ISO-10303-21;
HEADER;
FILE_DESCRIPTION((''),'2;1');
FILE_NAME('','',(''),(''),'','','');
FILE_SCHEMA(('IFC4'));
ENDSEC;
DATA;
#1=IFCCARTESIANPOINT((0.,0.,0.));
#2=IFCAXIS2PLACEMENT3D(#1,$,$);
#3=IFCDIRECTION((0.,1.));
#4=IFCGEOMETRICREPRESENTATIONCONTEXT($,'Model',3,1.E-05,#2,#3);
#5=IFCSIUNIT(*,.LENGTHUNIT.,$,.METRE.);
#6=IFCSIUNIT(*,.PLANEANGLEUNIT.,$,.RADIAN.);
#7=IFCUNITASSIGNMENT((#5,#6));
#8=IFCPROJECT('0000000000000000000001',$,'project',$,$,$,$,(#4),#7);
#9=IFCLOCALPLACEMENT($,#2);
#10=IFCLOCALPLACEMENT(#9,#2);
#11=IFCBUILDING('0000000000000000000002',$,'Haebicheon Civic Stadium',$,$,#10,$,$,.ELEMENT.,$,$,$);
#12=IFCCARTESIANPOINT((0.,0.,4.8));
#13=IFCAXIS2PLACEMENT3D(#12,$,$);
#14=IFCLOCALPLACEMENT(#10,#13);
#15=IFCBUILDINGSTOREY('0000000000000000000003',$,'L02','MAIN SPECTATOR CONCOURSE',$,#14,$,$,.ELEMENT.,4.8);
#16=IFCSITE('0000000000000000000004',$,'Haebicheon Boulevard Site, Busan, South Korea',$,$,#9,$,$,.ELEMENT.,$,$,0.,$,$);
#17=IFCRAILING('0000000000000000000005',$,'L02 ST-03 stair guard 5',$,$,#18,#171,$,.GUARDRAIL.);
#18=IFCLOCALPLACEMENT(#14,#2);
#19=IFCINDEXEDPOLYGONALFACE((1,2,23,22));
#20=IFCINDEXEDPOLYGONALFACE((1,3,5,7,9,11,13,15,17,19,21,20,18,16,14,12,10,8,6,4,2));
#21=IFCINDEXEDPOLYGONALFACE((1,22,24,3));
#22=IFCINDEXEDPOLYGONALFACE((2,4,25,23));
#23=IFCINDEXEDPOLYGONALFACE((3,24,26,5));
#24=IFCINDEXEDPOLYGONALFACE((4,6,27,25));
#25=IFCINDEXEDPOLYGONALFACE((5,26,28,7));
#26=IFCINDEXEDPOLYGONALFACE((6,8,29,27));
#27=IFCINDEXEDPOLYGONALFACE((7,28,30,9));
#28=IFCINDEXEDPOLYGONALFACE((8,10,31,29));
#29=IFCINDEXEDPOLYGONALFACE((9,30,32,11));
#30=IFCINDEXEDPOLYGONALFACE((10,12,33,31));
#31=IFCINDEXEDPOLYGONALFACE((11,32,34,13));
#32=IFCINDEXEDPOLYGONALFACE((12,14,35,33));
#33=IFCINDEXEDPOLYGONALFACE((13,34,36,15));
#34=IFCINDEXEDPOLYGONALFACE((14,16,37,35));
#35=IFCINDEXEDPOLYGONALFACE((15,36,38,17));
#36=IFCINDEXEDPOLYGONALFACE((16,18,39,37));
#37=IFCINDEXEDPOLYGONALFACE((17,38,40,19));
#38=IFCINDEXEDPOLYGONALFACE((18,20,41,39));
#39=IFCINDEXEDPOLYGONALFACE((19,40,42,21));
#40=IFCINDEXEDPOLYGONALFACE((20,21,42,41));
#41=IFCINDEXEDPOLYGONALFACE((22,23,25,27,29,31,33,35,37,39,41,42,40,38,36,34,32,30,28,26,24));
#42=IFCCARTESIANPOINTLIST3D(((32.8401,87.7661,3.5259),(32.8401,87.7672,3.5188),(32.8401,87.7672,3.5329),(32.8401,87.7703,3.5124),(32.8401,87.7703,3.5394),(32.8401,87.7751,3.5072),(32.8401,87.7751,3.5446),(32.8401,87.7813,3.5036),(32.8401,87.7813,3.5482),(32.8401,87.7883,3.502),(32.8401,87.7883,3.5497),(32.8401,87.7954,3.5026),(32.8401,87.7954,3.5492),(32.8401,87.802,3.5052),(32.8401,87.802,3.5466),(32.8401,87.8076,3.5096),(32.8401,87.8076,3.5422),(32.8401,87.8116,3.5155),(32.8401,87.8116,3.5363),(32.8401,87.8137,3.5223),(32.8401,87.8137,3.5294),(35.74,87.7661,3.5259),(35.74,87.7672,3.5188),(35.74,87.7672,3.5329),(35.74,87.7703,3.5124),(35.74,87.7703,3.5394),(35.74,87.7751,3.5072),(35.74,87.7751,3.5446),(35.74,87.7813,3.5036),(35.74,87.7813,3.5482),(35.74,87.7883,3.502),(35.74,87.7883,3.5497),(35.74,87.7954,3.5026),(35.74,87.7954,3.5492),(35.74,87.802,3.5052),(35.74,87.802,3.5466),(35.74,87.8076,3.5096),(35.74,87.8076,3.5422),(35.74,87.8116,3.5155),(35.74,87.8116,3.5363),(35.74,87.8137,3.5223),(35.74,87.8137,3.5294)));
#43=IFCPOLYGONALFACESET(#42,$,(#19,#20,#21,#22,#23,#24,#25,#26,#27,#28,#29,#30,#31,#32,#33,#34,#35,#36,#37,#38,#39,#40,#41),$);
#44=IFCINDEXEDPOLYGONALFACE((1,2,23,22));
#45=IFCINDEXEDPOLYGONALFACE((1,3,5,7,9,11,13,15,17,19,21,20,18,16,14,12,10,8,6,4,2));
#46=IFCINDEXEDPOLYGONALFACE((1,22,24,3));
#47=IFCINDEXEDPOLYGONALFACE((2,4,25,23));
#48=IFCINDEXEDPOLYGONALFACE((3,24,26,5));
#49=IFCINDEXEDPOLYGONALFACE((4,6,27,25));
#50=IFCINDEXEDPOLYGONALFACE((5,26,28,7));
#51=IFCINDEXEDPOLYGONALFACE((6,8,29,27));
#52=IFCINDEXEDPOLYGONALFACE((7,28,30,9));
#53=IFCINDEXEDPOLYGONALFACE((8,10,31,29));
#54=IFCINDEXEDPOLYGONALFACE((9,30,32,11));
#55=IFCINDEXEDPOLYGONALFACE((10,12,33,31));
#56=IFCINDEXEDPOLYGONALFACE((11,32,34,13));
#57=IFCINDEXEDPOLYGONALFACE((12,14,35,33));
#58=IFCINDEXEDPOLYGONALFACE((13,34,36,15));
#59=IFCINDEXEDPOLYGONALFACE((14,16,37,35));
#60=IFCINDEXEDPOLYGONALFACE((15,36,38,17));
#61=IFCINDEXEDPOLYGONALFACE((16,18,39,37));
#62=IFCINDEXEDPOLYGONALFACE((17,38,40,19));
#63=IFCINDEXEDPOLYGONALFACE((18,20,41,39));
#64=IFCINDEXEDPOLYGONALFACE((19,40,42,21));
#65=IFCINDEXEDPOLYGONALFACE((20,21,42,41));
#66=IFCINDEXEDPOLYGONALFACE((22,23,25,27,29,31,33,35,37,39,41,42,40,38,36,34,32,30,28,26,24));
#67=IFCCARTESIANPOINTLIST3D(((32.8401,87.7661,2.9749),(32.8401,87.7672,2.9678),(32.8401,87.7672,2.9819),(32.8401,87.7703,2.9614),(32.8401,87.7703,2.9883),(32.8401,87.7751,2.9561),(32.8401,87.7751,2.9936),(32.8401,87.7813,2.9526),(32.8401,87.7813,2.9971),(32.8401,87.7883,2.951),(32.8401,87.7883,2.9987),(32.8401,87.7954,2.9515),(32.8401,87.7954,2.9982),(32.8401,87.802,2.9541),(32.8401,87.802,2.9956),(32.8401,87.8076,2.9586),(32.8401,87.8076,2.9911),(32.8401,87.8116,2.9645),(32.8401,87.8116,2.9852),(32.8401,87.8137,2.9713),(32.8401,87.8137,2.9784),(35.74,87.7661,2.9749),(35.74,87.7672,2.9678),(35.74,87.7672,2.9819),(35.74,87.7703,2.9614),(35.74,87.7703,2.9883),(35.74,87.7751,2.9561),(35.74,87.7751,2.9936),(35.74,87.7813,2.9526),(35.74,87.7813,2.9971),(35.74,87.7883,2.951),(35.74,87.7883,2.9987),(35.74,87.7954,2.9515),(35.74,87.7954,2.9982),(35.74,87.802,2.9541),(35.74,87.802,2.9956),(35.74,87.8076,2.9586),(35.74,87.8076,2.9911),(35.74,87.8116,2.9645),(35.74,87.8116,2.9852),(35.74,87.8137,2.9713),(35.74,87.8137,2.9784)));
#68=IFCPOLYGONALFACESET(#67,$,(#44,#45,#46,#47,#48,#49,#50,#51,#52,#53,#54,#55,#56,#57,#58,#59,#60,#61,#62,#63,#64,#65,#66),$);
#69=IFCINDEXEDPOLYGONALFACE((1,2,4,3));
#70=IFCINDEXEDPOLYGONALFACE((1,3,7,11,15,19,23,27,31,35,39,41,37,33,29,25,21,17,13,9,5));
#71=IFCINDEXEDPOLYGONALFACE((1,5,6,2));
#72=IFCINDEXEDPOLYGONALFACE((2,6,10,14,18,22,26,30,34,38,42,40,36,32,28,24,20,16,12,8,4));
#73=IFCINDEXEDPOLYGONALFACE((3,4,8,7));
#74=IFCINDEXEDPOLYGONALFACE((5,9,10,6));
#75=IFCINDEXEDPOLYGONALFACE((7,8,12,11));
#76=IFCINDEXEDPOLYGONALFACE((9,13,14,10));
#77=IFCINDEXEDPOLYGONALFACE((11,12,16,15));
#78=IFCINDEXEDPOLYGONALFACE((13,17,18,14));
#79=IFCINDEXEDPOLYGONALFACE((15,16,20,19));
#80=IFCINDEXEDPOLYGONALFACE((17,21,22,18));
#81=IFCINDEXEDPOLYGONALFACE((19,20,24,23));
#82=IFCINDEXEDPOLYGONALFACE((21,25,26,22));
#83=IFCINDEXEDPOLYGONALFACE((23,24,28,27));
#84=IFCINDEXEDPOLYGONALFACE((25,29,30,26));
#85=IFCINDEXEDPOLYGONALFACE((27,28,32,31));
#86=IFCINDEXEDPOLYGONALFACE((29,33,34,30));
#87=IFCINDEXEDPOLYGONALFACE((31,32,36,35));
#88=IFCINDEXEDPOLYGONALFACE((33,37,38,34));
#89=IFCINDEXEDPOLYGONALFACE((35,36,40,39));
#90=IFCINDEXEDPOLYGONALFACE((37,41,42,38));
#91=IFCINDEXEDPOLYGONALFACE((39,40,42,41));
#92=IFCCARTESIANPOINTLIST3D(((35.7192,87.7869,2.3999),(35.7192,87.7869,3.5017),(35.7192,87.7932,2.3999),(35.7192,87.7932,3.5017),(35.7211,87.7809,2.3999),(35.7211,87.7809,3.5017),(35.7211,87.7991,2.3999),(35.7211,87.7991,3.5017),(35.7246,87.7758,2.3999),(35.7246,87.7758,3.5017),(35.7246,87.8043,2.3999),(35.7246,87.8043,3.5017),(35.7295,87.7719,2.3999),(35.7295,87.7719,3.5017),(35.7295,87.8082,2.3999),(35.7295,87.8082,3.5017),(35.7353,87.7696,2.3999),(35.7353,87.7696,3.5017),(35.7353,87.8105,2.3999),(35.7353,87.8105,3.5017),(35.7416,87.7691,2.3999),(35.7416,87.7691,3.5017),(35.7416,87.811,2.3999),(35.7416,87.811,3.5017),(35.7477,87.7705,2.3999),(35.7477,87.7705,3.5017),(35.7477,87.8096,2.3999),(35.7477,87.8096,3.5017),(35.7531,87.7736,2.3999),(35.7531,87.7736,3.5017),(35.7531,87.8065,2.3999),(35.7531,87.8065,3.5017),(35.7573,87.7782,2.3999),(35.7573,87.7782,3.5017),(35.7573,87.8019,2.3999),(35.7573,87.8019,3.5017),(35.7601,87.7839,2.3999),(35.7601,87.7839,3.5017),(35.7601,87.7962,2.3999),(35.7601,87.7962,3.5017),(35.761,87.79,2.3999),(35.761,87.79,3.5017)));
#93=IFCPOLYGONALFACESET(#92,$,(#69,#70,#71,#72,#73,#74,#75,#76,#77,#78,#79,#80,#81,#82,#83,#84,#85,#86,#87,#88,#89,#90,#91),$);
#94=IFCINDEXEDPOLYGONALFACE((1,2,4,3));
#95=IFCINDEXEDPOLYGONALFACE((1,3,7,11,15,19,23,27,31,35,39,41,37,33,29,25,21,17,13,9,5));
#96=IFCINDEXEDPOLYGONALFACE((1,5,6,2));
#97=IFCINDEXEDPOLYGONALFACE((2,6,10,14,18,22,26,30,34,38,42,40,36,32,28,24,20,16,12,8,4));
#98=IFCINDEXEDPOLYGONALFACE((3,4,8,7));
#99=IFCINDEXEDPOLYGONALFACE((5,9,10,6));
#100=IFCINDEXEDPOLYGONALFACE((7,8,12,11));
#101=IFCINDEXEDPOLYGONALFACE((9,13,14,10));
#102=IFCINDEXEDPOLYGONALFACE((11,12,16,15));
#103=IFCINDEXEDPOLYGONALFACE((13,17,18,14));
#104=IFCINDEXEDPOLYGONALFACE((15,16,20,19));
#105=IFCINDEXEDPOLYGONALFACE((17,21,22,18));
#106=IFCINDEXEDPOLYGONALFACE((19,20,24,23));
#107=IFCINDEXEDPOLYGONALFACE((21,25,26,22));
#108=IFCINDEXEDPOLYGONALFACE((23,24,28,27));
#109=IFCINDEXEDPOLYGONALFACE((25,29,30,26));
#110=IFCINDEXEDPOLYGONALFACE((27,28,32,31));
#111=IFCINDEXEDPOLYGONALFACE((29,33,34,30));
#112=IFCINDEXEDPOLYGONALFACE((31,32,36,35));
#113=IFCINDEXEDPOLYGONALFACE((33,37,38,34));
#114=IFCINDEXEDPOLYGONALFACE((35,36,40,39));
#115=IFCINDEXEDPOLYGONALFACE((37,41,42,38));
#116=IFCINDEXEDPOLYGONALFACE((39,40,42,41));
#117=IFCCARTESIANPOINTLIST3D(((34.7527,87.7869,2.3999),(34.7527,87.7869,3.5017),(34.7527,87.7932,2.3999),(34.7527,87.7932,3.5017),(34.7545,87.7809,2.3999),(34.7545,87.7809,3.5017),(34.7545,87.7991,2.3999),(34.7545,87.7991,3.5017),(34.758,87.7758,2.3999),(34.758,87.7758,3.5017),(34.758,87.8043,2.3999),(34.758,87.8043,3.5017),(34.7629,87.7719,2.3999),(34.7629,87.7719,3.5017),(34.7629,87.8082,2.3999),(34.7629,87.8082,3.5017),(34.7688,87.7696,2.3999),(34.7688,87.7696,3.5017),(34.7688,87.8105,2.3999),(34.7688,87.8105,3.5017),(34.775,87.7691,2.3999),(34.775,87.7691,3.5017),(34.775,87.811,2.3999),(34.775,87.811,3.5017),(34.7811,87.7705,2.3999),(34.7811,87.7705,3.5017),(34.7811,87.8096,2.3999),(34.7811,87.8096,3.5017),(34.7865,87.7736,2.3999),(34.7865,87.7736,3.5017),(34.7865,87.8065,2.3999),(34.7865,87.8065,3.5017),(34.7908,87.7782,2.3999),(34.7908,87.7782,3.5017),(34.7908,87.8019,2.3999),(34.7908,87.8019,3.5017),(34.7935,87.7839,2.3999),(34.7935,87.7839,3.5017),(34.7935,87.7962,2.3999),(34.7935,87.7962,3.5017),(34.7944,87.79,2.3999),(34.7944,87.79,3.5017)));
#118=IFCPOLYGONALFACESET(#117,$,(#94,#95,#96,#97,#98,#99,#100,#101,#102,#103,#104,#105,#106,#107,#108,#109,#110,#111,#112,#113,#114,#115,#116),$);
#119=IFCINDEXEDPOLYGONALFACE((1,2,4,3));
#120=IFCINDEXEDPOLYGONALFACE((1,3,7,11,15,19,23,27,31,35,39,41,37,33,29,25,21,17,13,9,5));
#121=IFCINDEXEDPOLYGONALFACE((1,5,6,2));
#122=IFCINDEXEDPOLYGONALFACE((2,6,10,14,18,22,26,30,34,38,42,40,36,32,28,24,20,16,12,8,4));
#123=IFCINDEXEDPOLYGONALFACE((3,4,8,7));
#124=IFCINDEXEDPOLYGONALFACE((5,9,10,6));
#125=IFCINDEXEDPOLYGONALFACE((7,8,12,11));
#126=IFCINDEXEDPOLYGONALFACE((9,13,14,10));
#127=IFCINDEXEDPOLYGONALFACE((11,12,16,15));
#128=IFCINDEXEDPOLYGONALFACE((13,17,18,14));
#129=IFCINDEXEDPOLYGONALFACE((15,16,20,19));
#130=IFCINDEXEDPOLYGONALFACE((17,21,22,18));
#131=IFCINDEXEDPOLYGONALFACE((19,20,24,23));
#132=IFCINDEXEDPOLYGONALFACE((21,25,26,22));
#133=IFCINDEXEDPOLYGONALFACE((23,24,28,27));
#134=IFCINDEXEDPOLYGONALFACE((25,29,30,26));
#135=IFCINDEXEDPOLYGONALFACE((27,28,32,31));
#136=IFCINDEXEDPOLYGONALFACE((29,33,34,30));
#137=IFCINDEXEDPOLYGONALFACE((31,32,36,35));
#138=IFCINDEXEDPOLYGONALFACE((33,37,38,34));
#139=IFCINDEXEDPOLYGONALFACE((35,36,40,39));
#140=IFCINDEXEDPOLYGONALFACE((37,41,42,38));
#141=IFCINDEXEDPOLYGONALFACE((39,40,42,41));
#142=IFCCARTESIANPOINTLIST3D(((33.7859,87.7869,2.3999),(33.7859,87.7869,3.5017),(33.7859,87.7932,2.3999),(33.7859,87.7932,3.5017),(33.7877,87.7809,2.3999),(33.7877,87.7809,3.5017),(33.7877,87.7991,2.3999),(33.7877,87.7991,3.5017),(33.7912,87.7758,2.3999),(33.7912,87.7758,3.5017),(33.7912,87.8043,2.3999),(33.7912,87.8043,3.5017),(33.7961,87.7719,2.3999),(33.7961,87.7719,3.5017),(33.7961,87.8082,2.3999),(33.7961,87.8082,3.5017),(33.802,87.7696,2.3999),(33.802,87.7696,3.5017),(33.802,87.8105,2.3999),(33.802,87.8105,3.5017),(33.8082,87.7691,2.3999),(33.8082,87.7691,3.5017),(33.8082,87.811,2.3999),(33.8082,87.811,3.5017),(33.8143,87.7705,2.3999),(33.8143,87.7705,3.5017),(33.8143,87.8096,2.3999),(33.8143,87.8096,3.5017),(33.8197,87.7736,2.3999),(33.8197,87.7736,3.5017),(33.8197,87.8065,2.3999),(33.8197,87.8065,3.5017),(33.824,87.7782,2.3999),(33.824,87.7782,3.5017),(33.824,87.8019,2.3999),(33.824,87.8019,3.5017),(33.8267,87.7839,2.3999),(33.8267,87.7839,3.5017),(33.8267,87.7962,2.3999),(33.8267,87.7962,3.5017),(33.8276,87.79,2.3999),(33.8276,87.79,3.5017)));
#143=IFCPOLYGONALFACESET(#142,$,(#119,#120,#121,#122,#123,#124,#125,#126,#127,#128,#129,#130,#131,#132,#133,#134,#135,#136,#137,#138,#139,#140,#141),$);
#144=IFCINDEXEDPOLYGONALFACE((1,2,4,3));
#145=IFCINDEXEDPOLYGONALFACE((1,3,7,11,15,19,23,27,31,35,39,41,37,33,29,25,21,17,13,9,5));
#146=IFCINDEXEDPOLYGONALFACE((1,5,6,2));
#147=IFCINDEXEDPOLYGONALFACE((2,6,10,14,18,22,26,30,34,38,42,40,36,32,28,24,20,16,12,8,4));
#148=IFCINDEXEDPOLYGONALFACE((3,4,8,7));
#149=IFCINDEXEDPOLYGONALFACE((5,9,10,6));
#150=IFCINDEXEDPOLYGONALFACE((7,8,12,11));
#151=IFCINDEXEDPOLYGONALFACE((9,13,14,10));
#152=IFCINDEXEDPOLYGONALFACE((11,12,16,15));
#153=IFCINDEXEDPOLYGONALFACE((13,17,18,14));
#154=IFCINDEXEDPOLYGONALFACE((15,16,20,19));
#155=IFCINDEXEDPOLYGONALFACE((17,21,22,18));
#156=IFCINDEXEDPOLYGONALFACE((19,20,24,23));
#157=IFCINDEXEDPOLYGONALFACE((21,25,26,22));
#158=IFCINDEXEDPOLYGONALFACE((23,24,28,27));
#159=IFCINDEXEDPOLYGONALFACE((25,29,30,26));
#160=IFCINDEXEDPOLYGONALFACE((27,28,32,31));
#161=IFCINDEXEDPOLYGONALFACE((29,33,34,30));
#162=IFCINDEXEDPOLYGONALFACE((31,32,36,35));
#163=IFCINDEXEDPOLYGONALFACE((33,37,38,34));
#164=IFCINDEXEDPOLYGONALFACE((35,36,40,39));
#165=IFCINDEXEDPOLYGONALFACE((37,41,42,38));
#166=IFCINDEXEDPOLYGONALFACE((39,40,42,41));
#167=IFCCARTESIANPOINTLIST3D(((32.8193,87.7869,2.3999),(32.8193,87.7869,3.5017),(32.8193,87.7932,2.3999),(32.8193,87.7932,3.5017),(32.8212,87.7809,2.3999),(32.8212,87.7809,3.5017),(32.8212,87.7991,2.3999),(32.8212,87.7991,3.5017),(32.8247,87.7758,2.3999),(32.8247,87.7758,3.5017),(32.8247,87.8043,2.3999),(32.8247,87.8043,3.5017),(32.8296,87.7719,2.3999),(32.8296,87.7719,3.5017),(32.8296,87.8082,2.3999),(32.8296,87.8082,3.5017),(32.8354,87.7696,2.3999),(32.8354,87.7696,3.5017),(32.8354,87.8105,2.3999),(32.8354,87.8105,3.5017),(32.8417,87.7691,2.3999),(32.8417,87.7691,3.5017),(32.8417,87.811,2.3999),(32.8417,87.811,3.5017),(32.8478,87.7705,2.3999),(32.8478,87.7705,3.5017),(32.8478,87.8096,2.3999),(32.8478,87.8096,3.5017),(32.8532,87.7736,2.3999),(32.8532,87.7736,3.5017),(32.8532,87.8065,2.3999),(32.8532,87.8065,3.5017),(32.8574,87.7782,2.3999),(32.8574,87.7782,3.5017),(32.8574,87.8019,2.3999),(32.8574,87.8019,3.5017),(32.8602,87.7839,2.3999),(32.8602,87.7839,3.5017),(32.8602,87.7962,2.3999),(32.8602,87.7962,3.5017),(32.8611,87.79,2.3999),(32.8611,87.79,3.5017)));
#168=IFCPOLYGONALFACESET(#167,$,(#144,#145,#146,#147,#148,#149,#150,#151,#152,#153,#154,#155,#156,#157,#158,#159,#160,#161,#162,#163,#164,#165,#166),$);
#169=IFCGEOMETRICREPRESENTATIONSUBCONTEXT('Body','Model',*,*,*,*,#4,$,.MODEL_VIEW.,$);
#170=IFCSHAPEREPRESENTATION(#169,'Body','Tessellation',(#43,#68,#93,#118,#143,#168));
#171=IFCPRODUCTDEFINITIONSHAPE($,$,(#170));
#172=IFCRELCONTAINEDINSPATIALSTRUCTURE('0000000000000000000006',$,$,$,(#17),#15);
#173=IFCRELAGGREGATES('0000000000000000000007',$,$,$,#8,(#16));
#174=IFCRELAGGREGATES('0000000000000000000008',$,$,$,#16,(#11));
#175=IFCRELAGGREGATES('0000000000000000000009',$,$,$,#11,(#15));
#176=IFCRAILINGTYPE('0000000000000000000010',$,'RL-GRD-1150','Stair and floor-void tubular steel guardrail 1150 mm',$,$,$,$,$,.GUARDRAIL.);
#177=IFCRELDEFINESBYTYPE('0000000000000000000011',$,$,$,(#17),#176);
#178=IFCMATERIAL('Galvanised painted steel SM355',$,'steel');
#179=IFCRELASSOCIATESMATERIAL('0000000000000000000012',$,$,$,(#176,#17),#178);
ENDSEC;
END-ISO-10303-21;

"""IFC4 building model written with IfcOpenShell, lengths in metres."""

from ifc_helpers import new_model, si_unit, direction, frame, origin, origin_2d, place, context, subcontext, project, spatial, circle, extrude, material, type_object, element, save


model = new_model("IFC4")

# Units and contexts
model_context = context("Model", 3, precision=1e-05, world=origin(), true_north=direction((0.0, 1.0)))
body_context = subcontext(model_context, "Body", "Model", "MODEL_VIEW")
ifc_project = project(units=[si_unit("LENGTHUNIT", "METRE"), si_unit("PLANEANGLEUNIT", "RADIAN")], contexts=[model_context])

# Site, building, storey
site_placement = place(None, origin())
site = spatial("IfcSite", under=ifc_project, at=site_placement, Name="Haebicheon Boulevard Site, Busan, South Korea", CompositionType="ELEMENT", RefElevation=0.0)
building_placement = place(site_placement, origin())
building = spatial("IfcBuilding", under=site, at=building_placement, Name="Haebicheon Civic Stadium", CompositionType="ELEMENT")
storey_placement = place(building_placement, frame((0.0, 0.0, 4.8)))
storey = spatial("IfcBuildingStorey", under=building, at=storey_placement, Name="L02", Description="MAIN SPECTATOR CONCOURSE", CompositionType="ELEMENT", Elevation=4.8)

# Railing
ifc_material_1 = material(Name="Galvanised painted steel SM355", Category="steel")
railing_type_1 = type_object("IfcRailingType", Name="RL-GRD-1150", Description="Stair and floor-void tubular steel guardrail 1150 mm", PredefinedType="GUARDRAIL", material=ifc_material_1)
railing_1_placement = place(storey_placement, frame((35.74, 87.79, 2.3999)))
element("IfcRailing", 1, at=railing_1_placement, inside=storey, type_object=railing_type_1, material=ifc_material_1, Name="L02 ST-03 stair guard 5", PredefinedType="GUARDRAIL", context=body_context, shape_type="SweptSolid", body=[
    extrude(circle(Radius=0.0239, at=origin_2d()), frame((0.0, 0.0, 1.126), z_axis=(-1.0, 0.0, 0.0), x_axis=(0.0, -1.0, 0.0)), (0.0, 0.0, 1.0), 2.8999),
    extrude(circle(Radius=0.0239, at=origin_2d()), frame((0.0, 0.0, 0.575), z_axis=(-1.0, 0.0, 0.0), x_axis=(0.0, -1.0, 0.0)), (0.0, 0.0, 1.0), 2.8999),
    extrude(circle(Radius=0.021, at=origin_2d()), origin(), (0.0, 0.0, 1.0), 1.1018),
    extrude(circle(Radius=0.021, at=origin_2d()), frame((-0.9666, 0.0, 0.0)), (0.0, 0.0, 1.0), 1.1018),
    extrude(circle(Radius=0.021, at=origin_2d()), frame((-1.9333, 0.0, 0.0)), (0.0, 0.0, 1.0), 1.1018),
    extrude(circle(Radius=0.021, at=origin_2d()), frame((-2.8999, 0.0, 0.0)), (0.0, 0.0, 1.0), 1.1018),
])

save(model, "model.ifc")
